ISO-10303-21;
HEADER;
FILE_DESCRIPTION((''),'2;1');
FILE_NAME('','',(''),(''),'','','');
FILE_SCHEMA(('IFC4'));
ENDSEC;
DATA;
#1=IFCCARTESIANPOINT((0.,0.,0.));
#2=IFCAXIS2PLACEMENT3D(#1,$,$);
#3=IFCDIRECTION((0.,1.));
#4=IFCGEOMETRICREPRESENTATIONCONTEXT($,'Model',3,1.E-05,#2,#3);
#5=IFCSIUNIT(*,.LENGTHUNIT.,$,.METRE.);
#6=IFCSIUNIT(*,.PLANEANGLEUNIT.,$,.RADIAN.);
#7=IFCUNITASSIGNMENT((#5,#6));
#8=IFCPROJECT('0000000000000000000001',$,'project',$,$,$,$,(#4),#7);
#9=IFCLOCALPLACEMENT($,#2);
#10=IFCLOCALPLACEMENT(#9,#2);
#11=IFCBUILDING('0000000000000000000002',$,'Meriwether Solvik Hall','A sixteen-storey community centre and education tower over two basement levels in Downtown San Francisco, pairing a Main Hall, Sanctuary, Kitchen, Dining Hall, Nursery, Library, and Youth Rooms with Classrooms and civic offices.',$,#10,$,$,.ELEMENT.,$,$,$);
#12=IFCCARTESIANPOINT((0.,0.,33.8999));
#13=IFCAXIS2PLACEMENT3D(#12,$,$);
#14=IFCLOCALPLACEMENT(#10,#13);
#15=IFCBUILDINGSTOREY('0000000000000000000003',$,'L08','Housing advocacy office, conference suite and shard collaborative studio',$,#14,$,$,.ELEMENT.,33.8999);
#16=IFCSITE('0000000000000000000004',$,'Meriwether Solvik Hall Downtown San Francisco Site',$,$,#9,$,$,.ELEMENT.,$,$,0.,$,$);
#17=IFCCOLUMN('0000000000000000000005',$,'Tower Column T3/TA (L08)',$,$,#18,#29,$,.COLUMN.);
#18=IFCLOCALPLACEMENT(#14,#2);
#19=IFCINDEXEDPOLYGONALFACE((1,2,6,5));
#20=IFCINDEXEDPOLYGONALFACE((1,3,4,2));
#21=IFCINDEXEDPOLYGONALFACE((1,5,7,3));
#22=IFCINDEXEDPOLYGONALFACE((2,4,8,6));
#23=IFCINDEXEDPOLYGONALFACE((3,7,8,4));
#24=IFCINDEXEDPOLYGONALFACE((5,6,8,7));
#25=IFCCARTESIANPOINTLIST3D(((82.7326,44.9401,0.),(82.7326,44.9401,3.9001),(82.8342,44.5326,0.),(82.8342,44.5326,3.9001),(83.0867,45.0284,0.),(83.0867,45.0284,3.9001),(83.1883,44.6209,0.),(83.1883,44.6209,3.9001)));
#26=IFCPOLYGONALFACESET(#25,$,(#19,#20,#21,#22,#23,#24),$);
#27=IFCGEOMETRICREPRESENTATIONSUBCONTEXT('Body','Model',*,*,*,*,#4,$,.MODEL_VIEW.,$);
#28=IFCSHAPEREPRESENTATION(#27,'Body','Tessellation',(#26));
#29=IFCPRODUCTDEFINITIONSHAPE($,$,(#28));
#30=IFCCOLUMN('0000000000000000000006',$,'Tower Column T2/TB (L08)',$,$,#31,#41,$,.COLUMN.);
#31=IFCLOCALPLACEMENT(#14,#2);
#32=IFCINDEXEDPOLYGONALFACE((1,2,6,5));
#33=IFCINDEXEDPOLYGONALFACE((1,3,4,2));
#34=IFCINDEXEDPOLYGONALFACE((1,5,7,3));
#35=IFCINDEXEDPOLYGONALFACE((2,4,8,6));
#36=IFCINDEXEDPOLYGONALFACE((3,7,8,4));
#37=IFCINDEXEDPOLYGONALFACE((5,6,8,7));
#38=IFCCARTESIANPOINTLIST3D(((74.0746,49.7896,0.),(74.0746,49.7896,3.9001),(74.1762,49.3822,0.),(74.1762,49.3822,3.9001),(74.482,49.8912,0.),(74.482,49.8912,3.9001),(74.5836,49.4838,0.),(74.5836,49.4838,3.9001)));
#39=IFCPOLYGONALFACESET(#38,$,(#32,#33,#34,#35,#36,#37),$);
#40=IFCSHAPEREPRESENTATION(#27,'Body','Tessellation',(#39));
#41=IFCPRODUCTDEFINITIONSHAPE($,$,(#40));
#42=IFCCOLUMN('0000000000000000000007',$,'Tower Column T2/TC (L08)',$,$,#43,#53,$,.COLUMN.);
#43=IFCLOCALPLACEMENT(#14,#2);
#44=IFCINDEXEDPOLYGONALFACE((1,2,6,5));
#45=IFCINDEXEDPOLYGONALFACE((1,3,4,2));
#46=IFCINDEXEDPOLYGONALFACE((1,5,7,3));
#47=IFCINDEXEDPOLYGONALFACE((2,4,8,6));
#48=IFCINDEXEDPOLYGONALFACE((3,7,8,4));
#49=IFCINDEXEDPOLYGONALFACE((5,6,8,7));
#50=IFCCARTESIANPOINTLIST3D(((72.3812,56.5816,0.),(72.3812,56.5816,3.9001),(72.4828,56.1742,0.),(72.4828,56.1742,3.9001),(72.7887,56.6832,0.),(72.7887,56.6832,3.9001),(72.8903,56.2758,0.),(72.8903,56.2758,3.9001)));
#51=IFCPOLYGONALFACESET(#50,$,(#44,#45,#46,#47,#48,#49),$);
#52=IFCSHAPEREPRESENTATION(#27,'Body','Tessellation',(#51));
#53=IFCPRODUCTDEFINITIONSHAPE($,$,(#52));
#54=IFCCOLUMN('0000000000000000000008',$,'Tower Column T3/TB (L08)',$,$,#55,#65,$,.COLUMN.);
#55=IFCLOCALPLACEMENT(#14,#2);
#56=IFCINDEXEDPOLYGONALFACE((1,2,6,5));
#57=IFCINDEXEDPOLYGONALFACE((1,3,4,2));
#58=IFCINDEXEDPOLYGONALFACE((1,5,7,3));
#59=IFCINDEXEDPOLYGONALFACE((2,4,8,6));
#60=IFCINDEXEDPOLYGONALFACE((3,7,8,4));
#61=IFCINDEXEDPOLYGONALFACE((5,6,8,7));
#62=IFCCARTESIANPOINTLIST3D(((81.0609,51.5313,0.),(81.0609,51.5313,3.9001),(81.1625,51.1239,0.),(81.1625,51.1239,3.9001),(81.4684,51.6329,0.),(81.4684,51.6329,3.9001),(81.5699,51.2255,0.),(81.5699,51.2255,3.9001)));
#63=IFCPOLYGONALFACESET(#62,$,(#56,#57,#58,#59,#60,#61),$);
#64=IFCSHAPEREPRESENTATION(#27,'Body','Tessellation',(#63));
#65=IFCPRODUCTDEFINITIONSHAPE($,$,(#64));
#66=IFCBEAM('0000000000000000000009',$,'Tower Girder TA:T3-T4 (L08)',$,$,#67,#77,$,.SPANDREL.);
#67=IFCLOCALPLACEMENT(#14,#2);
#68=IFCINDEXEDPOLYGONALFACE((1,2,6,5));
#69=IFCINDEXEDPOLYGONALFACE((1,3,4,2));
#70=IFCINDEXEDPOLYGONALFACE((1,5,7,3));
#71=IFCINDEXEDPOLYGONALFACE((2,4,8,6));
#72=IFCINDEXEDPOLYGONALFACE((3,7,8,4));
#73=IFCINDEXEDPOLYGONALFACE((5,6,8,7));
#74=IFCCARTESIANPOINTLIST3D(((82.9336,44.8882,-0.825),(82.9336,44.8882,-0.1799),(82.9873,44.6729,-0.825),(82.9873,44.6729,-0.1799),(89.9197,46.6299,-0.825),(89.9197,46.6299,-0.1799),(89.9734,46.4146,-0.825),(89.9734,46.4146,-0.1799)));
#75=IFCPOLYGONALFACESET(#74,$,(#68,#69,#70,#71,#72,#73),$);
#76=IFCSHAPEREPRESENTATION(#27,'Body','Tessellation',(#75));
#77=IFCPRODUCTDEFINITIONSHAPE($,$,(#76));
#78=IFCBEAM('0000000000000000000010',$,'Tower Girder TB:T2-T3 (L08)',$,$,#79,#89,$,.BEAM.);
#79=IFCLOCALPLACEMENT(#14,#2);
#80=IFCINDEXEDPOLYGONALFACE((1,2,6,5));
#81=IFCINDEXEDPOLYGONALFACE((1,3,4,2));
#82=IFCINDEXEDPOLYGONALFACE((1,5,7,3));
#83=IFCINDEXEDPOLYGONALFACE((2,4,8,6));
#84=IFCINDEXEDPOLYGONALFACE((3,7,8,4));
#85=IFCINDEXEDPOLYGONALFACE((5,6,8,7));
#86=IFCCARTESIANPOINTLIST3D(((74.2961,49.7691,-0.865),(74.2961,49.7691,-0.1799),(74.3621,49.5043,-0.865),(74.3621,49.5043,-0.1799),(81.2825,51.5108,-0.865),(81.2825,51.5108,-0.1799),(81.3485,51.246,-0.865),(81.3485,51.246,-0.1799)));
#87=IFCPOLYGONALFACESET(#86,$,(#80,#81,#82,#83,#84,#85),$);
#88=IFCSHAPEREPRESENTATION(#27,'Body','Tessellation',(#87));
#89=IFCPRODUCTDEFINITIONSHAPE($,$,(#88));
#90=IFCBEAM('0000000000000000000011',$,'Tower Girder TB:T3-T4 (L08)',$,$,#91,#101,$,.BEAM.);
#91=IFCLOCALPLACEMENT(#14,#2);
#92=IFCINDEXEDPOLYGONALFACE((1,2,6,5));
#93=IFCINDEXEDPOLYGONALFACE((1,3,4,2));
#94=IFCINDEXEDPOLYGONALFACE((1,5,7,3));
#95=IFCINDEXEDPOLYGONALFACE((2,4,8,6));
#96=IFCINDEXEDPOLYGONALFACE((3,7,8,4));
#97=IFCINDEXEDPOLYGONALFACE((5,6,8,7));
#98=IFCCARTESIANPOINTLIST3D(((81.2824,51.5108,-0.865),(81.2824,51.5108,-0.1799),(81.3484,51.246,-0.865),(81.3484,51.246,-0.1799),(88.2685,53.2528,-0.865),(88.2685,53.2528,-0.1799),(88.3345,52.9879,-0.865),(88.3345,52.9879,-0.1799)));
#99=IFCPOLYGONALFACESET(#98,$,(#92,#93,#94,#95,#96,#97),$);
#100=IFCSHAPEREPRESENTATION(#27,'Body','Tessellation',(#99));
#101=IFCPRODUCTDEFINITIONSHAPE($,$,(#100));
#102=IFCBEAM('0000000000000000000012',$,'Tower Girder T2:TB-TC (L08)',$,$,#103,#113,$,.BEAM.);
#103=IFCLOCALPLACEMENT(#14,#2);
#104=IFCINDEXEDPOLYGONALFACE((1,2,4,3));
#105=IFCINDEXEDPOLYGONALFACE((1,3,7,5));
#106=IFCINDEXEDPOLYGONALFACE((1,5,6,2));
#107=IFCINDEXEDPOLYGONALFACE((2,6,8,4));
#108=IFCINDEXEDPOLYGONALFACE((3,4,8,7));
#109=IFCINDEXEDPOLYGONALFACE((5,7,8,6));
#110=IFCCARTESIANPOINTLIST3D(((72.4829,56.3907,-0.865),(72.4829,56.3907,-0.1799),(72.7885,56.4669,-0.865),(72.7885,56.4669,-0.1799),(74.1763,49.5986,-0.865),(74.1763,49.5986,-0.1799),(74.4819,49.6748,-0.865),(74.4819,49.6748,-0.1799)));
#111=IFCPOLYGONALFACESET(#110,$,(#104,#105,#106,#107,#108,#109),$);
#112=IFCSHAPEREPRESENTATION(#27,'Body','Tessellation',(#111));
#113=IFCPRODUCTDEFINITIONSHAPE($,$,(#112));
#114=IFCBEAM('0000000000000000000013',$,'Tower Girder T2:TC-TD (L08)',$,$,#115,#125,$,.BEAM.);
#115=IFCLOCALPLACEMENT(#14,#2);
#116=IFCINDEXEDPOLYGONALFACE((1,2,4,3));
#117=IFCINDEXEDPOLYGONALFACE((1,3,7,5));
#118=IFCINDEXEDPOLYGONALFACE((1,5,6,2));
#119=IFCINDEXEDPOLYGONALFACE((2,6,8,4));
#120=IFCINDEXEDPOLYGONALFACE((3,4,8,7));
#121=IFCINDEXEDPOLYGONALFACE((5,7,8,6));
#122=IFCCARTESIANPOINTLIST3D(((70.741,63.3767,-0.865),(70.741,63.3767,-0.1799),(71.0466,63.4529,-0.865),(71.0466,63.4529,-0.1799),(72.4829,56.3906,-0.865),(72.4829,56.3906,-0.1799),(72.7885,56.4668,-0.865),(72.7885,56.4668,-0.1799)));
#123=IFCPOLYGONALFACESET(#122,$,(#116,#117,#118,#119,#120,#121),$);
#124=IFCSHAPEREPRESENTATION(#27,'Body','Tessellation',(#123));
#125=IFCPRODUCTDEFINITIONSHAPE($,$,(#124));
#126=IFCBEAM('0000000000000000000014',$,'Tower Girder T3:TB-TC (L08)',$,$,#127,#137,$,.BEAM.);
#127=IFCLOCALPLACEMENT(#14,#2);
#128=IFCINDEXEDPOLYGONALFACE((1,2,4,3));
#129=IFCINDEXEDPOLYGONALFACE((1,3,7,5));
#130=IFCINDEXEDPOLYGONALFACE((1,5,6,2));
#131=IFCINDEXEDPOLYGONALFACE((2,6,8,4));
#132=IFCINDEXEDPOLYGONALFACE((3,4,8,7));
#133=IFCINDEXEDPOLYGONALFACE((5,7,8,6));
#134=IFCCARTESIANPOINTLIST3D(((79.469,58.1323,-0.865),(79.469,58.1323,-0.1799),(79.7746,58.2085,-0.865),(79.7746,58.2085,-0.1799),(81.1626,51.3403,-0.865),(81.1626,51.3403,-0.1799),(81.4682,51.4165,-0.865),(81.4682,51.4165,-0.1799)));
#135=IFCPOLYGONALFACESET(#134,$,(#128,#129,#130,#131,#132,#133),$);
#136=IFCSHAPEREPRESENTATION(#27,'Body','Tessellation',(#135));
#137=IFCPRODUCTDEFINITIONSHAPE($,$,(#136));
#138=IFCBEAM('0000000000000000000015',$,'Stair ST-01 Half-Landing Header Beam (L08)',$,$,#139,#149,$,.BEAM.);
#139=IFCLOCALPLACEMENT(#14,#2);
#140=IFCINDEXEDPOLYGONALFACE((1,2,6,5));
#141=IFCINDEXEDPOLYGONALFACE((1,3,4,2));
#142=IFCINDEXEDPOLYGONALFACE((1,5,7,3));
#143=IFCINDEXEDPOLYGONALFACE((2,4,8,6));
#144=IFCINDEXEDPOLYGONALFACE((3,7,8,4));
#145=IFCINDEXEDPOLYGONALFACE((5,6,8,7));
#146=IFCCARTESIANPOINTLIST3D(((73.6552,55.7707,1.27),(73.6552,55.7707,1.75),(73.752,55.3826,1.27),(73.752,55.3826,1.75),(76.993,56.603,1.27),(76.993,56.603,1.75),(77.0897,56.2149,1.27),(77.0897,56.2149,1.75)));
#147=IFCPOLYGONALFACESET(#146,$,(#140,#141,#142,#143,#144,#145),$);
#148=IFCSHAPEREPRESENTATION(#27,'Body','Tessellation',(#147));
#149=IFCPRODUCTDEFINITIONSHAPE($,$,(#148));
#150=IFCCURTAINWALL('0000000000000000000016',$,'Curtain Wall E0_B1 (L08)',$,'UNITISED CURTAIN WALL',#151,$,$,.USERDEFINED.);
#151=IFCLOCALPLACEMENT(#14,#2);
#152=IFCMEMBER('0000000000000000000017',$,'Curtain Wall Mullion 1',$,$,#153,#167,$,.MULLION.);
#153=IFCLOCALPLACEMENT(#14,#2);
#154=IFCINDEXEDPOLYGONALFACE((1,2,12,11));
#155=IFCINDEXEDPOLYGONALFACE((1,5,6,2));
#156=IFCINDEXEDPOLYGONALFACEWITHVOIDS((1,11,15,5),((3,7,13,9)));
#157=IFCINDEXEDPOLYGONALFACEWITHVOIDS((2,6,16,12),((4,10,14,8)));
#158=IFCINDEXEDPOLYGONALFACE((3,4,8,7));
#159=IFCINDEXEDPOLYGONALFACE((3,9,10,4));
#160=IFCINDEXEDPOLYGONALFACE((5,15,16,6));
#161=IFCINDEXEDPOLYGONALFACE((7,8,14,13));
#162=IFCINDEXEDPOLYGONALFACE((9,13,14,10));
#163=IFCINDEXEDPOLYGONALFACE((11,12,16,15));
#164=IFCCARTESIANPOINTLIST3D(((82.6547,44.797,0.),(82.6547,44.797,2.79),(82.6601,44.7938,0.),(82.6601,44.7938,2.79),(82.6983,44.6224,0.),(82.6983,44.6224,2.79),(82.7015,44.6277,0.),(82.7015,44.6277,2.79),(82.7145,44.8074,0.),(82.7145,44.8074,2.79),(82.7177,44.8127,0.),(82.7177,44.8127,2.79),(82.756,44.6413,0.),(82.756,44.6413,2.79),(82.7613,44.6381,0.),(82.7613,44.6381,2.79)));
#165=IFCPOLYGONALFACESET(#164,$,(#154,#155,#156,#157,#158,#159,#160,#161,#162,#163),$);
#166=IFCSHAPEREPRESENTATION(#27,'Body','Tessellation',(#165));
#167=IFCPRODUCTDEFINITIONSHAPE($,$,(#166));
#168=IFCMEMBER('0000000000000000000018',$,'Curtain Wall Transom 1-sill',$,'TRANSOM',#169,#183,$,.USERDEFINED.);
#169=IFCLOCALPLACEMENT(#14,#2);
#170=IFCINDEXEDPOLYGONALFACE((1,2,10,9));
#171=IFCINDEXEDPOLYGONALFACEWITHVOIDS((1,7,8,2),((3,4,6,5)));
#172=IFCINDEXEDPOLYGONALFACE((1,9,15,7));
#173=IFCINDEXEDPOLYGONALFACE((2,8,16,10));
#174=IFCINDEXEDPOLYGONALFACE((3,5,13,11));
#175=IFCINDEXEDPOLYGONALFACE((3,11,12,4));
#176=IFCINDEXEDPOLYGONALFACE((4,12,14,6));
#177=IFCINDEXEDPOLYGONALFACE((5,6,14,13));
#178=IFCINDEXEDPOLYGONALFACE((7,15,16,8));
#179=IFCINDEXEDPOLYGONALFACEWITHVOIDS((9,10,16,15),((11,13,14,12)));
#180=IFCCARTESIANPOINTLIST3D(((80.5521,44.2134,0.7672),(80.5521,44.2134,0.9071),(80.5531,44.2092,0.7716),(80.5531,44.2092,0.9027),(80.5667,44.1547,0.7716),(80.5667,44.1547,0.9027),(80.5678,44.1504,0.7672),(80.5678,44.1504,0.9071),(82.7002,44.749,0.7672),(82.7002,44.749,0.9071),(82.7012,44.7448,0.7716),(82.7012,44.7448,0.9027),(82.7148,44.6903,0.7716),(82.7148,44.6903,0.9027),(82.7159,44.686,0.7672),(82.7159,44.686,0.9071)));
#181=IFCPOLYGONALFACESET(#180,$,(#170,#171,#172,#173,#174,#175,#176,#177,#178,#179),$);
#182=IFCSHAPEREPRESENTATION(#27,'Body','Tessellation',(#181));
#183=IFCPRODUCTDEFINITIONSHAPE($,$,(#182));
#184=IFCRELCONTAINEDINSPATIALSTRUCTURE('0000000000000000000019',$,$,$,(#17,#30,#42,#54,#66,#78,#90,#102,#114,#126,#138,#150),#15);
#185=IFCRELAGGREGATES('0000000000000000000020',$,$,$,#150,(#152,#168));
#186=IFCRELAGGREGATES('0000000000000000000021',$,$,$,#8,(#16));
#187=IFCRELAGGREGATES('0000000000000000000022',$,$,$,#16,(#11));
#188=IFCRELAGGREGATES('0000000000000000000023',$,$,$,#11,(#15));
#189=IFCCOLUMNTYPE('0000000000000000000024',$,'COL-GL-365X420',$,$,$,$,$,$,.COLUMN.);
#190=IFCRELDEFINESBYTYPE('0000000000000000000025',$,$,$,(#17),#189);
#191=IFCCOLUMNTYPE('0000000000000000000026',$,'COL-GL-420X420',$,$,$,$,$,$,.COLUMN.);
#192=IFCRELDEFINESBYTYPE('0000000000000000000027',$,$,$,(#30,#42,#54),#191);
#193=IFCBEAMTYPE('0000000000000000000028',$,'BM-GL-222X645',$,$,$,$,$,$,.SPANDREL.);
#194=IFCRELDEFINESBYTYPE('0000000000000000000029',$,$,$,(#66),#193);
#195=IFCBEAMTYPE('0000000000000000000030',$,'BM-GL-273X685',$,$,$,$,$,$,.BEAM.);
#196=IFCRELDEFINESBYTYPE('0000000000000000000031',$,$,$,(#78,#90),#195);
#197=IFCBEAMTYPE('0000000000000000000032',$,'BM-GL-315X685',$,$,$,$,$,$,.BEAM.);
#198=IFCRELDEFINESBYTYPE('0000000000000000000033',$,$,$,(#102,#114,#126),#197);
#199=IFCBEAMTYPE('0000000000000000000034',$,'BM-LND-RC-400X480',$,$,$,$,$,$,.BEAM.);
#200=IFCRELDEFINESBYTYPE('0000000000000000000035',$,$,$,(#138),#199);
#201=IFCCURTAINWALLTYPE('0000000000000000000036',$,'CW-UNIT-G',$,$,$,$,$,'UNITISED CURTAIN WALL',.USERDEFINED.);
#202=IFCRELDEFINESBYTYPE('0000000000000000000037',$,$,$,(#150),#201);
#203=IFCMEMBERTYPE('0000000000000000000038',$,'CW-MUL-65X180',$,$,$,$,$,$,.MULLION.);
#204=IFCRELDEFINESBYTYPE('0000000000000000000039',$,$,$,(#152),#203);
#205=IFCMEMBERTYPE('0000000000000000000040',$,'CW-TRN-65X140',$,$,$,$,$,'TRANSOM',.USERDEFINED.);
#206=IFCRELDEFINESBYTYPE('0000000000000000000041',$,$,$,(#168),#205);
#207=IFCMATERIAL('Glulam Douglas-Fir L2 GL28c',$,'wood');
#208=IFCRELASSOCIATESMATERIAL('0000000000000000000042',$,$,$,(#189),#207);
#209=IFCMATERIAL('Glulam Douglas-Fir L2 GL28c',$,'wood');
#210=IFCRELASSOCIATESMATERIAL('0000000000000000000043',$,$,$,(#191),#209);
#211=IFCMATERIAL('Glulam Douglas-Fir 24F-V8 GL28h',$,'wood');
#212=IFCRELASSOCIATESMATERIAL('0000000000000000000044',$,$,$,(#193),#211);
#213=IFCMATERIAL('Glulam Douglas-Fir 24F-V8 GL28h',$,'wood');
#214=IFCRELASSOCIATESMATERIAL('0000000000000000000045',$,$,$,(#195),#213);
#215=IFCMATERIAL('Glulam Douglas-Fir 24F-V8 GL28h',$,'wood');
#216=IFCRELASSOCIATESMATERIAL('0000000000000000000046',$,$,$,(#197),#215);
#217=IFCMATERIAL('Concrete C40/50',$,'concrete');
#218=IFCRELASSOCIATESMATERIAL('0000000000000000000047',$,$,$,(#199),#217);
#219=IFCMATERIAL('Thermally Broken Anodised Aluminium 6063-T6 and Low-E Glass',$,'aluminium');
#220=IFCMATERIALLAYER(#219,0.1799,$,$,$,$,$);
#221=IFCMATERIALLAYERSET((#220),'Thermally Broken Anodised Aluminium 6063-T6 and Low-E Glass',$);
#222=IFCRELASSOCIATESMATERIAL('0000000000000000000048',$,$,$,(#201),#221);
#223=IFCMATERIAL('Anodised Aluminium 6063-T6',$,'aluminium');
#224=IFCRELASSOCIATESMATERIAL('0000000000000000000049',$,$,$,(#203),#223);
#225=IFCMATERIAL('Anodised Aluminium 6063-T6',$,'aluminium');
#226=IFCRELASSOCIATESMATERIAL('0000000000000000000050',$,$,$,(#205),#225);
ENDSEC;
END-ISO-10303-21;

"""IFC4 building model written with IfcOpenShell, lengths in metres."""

from ifc_helpers import new_model, si_unit, direction, frame, origin, origin_2d, place, context, subcontext, project, spatial, rectangle, hollow_rectangle, extrude, material, layer, layer_set, material_profile, profile_set, type_object, element, aggregate, save


model = new_model("IFC4")

# Units and contexts
model_context = context("Model", 3, precision=1e-05, world=origin(), true_north=direction((0.0, 1.0)))
body_context = subcontext(model_context, "Body", "Model", "MODEL_VIEW")
ifc_project = project(units=[si_unit("LENGTHUNIT", "METRE"), si_unit("PLANEANGLEUNIT", "RADIAN")], contexts=[model_context])

# Site, building, storey
site_placement = place(None, origin())
site = spatial("IfcSite", under=ifc_project, at=site_placement, Name="Meriwether Solvik Hall Downtown San Francisco Site", CompositionType="ELEMENT", RefElevation=0.0)
building_placement = place(site_placement, origin())
building = spatial("IfcBuilding", under=site, at=building_placement, Name="Meriwether Solvik Hall", Description="A sixteen-storey community centre and education tower over two basement levels in Downtown San Francisco, pairing a Main Hall, Sanctuary, Kitchen, Dining Hall, Nursery, Library, and Youth Rooms with Classrooms and civic offices.", CompositionType="ELEMENT")
storey_placement = place(building_placement, frame((0.0, 0.0, 33.8999)))
storey = spatial("IfcBuildingStorey", under=building, at=storey_placement, Name="L08", Description="Housing advocacy office, conference suite and shard collaborative studio", CompositionType="ELEMENT", Elevation=33.8999)

# Columns
ifc_material_1 = material(Name="Glulam Douglas-Fir L2 GL28c", Category="wood")
ifc_material_profile_1 = material_profile(ifc_material_1, rectangle(XDim=0.365, YDim=0.4199, at=origin_2d()), Name="GLC-365X420")
ifc_profile_set_1 = profile_set([ifc_material_profile_1], Name="Glulam Douglas-Fir L2 GL28c")
column_type_1 = type_object("IfcColumnType", Name="COL-GL-365X420", PredefinedType="COLUMN", material=ifc_profile_set_1)
column_placement = place(storey_placement, frame((82.9604, 44.7805, 0.0), z_axis=(0.0, 0.0, 1.0), x_axis=(0.970296, 0.241922, 0.0)))
element("IfcColumn", 1, at=column_placement, inside=storey, type_object=column_type_1, Name="Tower Column T3/TA (L08)", PredefinedType="COLUMN", context=body_context, shape_type="SweptSolid", body=[
    extrude(rectangle(XDim=0.365, YDim=0.4199, at=origin_2d()), origin(), (0.0, 0.0, 1.0), 3.9001),
])
ifc_material_2 = material(Name="Glulam Douglas-Fir L2 GL28c", Category="wood")
ifc_material_profile_2 = material_profile(ifc_material_2, rectangle(XDim=0.4199, YDim=0.4199, at=origin_2d()), Name="GLC-420X420")
ifc_profile_set_2 = profile_set([ifc_material_profile_2], Name="Glulam Douglas-Fir L2 GL28c")
column_type_2 = type_object("IfcColumnType", Name="COL-GL-420X420", PredefinedType="COLUMN", material=ifc_profile_set_2)
for number, where, z_axis, x_axis, name in (
    (2, (74.3291, 49.6367, 0.0), (0.0, 0.0, 1.0), (0.970296, 0.241922, 0.0), "Tower Column T2/TB (L08)"),
    (3, (72.6357, 56.4287, 0.0), (0.0, 0.0, 1.0), (0.970296, 0.241922, 0.0), "Tower Column T2/TC (L08)"),
    (4, (81.3154, 51.3784, 0.0), (0.0, 0.0, 1.0), (0.970296, 0.241922, 0.0), "Tower Column T3/TB (L08)"),
):
    element("IfcColumn", number, at=place(storey_placement, frame(where, z_axis=z_axis, x_axis=x_axis)), inside=storey, type_object=column_type_2, Name=name, PredefinedType="COLUMN", context=body_context, shape_type="SweptSolid", body=[
        extrude(rectangle(XDim=0.4199, YDim=0.4199, at=origin_2d()), origin(), (0.0, 0.0, 1.0), 3.9001),
    ])

# Beams
ifc_material_3 = material(Name="Glulam Douglas-Fir 24F-V8 GL28h", Category="wood")
ifc_material_profile_3 = material_profile(ifc_material_3, rectangle(XDim=0.2219, YDim=0.645, at=origin_2d()), Name="GLB-222X645")
ifc_profile_set_3 = profile_set([ifc_material_profile_3], Name="Glulam Douglas-Fir 24F-V8 GL28h")
beam_type_1 = type_object("IfcBeamType", Name="BM-GL-222X645", PredefinedType="SPANDREL", material=ifc_profile_set_3)
beam_1_placement = place(storey_placement, frame((82.9604, 44.7805, -0.5024), z_axis=(0.9703, 0.241905, 0.0), x_axis=(-0.241905, 0.9703, 0.0)))
element("IfcBeam", 5, at=beam_1_placement, inside=storey, type_object=beam_type_1, Name="Tower Girder TA:T3-T4 (L08)", PredefinedType="SPANDREL", context=body_context, shape_type="SweptSolid", body=[
    extrude(rectangle(XDim=0.2219, YDim=0.645, at=origin_2d()), origin(), (0.0, 0.0, 1.0), 7.2),
])
ifc_material_4 = material(Name="Glulam Douglas-Fir 24F-V8 GL28h", Category="wood")
ifc_material_profile_4 = material_profile(ifc_material_4, rectangle(XDim=0.2729, YDim=0.6851, at=origin_2d()), Name="GLB-273X685")
ifc_profile_set_4 = profile_set([ifc_material_profile_4], Name="Glulam Douglas-Fir 24F-V8 GL28h")
beam_type_2 = type_object("IfcBeamType", Name="BM-GL-273X685", PredefinedType="BEAM", material=ifc_profile_set_4)
beam_2_placement = place(storey_placement, frame((74.3291, 49.6367, -0.5225), z_axis=(0.970302, 0.241897, 0.0), x_axis=(-0.241897, 0.970302, 0.0)))
element("IfcBeam", 6, at=beam_2_placement, inside=storey, type_object=beam_type_2, Name="Tower Girder TB:T2-T3 (L08)", PredefinedType="BEAM", context=body_context, shape_type="SweptSolid", body=[
    extrude(rectangle(XDim=0.2729, YDim=0.6851, at=origin_2d()), origin(), (0.0, 0.0, 1.0), 7.2002),
])
beam_3_placement = place(storey_placement, frame((81.3154, 51.3784, -0.5225), z_axis=(0.970292, 0.241937, 0.0), x_axis=(-0.241937, 0.970292, 0.0)))
element("IfcBeam", 7, at=beam_3_placement, inside=storey, type_object=beam_type_2, Name="Tower Girder TB:T3-T4 (L08)", PredefinedType="BEAM", context=body_context, shape_type="SweptSolid", body=[
    extrude(rectangle(XDim=0.2729, YDim=0.6851, at=origin_2d()), origin(), (0.0, 0.0, 1.0), 7.2),
])
ifc_material_5 = material(Name="Glulam Douglas-Fir 24F-V8 GL28h", Category="wood")
ifc_material_profile_5 = material_profile(ifc_material_5, rectangle(XDim=0.3149, YDim=0.6851, at=origin_2d()), Name="GLB-315X685")
ifc_profile_set_5 = profile_set([ifc_material_profile_5], Name="Glulam Douglas-Fir 24F-V8 GL28h")
beam_type_3 = type_object("IfcBeamType", Name="BM-GL-315X685", PredefinedType="BEAM", material=ifc_profile_set_5)
beam_4_placement = place(storey_placement, frame((74.3291, 49.6367, -0.5225), z_axis=(-0.241912, 0.970298, 0.0), x_axis=(-0.970298, -0.241912, 0.0)))
element("IfcBeam", 8, at=beam_4_placement, inside=storey, type_object=beam_type_3, Name="Tower Girder T2:TB-TC (L08)", PredefinedType="BEAM", context=body_context, shape_type="SweptSolid", body=[
    extrude(rectangle(XDim=0.3149, YDim=0.6851, at=origin_2d()), origin(), (0.0, 0.0, 1.0), 7.0),
])
beam_5_placement = place(storey_placement, frame((72.6357, 56.4287, -0.5225), z_axis=(-0.241937, 0.970292, 0.0), x_axis=(-0.970292, -0.241937, 0.0)))
element("IfcBeam", 9, at=beam_5_placement, inside=storey, type_object=beam_type_3, Name="Tower Girder T2:TC-TD (L08)", PredefinedType="BEAM", context=body_context, shape_type="SweptSolid", body=[
    extrude(rectangle(XDim=0.3149, YDim=0.6851, at=origin_2d()), origin(), (0.0, 0.0, 1.0), 7.2),
])
beam_6_placement = place(storey_placement, frame((81.3154, 51.3784, -0.5225), z_axis=(-0.241945, 0.97029, 0.0), x_axis=(-0.97029, -0.241945, 0.0)))
element("IfcBeam", 10, at=beam_6_placement, inside=storey, type_object=beam_type_3, Name="Tower Girder T3:TB-TC (L08)", PredefinedType="BEAM", context=body_context, shape_type="SweptSolid", body=[
    extrude(rectangle(XDim=0.3149, YDim=0.6851, at=origin_2d()), origin(), (0.0, 0.0, 1.0), 7.0),
])
ifc_material_6 = material(Name="Concrete C40/50", Category="concrete")
ifc_material_profile_6 = material_profile(ifc_material_6, rectangle(XDim=0.3999, YDim=0.48, at=origin_2d()), Name="RCB-400X480")
ifc_profile_set_6 = profile_set([ifc_material_profile_6], Name="Concrete C40/50")
beam_type_4 = type_object("IfcBeamType", Name="BM-LND-RC-400X480", PredefinedType="BEAM", material=ifc_profile_set_6)
beam_7_placement = place(storey_placement, frame((73.7036, 55.5767, 1.51), z_axis=(0.970288, 0.241951, 0.0), x_axis=(-0.241951, 0.970288, 0.0)))
element("IfcBeam", 11, at=beam_7_placement, inside=storey, type_object=beam_type_4, Name="Stair ST-01 Half-Landing Header Beam (L08)", PredefinedType="BEAM", context=body_context, shape_type="SweptSolid", body=[
    extrude(rectangle(XDim=0.3999, YDim=0.48, at=origin_2d()), origin(), (0.0, 0.0, 1.0), 3.4399),
])

# Curtain wall, members
ifc_material_7 = material(Name="Thermally Broken Anodised Aluminium 6063-T6 and Low-E Glass", Category="aluminium")
ifc_layer_1 = layer(ifc_material_7, 0.1799)
ifc_layer_set_1 = layer_set([ifc_layer_1], Name="Thermally Broken Anodised Aluminium 6063-T6 and Low-E Glass")
curtain_wall_type = type_object("IfcCurtainWallType", Name="CW-UNIT-G", ElementType="UNITISED CURTAIN WALL", PredefinedType="USERDEFINED", material=ifc_layer_set_1)
curtain_wall_placement = place(storey_placement, origin())
curtain_wall = element("IfcCurtainWall", 12, at=curtain_wall_placement, inside=storey, type_object=curtain_wall_type, Name="Curtain Wall E0_B1 (L08)", ObjectType="UNITISED CURTAIN WALL", PredefinedType="USERDEFINED")
ifc_material_8 = material(Name="Anodised Aluminium 6063-T6", Category="aluminium")
ifc_material_profile_7 = material_profile(ifc_material_8, hollow_rectangle(XDim=0.0649, YDim=0.1799, WallThickness=0.0044, at=origin_2d()), Name="CWM-65X180")
ifc_profile_set_7 = profile_set([ifc_material_profile_7], Name="Anodised Aluminium 6063-T6")
member_type_1 = type_object("IfcMemberType", Name="CW-MUL-65X180", PredefinedType="MULLION", material=ifc_profile_set_7)
member_1_placement = place(storey_placement, frame((82.708, 44.7175, 0.0), z_axis=(0.0, 0.0, 1.0), x_axis=(-0.970296, -0.241922, 0.0)))
member_1 = element("IfcMember", 13, at=member_1_placement, type_object=member_type_1, Name="Curtain Wall Mullion 1", PredefinedType="MULLION", context=body_context, shape_type="SweptSolid", body=[
    extrude(hollow_rectangle(XDim=0.0649, YDim=0.1799, WallThickness=0.0044, at=origin_2d()), origin(), (0.0, 0.0, 1.0), 2.79),
])
ifc_material_9 = material(Name="Anodised Aluminium 6063-T6", Category="aluminium")
ifc_material_profile_8 = material_profile(ifc_material_9, hollow_rectangle(XDim=0.0649, YDim=0.1399, WallThickness=0.0044, at=origin_2d()), Name="CWT-65X140")
ifc_profile_set_8 = profile_set([ifc_material_profile_8], Name="Anodised Aluminium 6063-T6")
member_type_2 = type_object("IfcMemberType", Name="CW-TRN-65X140", ElementType="TRANSOM", PredefinedType="USERDEFINED", material=ifc_profile_set_8)
member_2_placement = place(storey_placement, frame((82.708, 44.7175, 0.8372), z_axis=(-0.970292, -0.241939, 0.0), x_axis=(0.241939, -0.970292, 0.0)))
member_2 = element("IfcMember", 14, at=member_2_placement, type_object=member_type_2, Name="Curtain Wall Transom 1-sill", ObjectType="TRANSOM", PredefinedType="USERDEFINED", context=body_context, shape_type="SweptSolid", body=[
    extrude(hollow_rectangle(XDim=0.0649, YDim=0.1399, WallThickness=0.0044, at=origin_2d()), origin(), (0.0, 0.0, 1.0), 2.2139),
])

aggregate(curtain_wall, [member_1, member_2])

save(model, "model.ifc")
